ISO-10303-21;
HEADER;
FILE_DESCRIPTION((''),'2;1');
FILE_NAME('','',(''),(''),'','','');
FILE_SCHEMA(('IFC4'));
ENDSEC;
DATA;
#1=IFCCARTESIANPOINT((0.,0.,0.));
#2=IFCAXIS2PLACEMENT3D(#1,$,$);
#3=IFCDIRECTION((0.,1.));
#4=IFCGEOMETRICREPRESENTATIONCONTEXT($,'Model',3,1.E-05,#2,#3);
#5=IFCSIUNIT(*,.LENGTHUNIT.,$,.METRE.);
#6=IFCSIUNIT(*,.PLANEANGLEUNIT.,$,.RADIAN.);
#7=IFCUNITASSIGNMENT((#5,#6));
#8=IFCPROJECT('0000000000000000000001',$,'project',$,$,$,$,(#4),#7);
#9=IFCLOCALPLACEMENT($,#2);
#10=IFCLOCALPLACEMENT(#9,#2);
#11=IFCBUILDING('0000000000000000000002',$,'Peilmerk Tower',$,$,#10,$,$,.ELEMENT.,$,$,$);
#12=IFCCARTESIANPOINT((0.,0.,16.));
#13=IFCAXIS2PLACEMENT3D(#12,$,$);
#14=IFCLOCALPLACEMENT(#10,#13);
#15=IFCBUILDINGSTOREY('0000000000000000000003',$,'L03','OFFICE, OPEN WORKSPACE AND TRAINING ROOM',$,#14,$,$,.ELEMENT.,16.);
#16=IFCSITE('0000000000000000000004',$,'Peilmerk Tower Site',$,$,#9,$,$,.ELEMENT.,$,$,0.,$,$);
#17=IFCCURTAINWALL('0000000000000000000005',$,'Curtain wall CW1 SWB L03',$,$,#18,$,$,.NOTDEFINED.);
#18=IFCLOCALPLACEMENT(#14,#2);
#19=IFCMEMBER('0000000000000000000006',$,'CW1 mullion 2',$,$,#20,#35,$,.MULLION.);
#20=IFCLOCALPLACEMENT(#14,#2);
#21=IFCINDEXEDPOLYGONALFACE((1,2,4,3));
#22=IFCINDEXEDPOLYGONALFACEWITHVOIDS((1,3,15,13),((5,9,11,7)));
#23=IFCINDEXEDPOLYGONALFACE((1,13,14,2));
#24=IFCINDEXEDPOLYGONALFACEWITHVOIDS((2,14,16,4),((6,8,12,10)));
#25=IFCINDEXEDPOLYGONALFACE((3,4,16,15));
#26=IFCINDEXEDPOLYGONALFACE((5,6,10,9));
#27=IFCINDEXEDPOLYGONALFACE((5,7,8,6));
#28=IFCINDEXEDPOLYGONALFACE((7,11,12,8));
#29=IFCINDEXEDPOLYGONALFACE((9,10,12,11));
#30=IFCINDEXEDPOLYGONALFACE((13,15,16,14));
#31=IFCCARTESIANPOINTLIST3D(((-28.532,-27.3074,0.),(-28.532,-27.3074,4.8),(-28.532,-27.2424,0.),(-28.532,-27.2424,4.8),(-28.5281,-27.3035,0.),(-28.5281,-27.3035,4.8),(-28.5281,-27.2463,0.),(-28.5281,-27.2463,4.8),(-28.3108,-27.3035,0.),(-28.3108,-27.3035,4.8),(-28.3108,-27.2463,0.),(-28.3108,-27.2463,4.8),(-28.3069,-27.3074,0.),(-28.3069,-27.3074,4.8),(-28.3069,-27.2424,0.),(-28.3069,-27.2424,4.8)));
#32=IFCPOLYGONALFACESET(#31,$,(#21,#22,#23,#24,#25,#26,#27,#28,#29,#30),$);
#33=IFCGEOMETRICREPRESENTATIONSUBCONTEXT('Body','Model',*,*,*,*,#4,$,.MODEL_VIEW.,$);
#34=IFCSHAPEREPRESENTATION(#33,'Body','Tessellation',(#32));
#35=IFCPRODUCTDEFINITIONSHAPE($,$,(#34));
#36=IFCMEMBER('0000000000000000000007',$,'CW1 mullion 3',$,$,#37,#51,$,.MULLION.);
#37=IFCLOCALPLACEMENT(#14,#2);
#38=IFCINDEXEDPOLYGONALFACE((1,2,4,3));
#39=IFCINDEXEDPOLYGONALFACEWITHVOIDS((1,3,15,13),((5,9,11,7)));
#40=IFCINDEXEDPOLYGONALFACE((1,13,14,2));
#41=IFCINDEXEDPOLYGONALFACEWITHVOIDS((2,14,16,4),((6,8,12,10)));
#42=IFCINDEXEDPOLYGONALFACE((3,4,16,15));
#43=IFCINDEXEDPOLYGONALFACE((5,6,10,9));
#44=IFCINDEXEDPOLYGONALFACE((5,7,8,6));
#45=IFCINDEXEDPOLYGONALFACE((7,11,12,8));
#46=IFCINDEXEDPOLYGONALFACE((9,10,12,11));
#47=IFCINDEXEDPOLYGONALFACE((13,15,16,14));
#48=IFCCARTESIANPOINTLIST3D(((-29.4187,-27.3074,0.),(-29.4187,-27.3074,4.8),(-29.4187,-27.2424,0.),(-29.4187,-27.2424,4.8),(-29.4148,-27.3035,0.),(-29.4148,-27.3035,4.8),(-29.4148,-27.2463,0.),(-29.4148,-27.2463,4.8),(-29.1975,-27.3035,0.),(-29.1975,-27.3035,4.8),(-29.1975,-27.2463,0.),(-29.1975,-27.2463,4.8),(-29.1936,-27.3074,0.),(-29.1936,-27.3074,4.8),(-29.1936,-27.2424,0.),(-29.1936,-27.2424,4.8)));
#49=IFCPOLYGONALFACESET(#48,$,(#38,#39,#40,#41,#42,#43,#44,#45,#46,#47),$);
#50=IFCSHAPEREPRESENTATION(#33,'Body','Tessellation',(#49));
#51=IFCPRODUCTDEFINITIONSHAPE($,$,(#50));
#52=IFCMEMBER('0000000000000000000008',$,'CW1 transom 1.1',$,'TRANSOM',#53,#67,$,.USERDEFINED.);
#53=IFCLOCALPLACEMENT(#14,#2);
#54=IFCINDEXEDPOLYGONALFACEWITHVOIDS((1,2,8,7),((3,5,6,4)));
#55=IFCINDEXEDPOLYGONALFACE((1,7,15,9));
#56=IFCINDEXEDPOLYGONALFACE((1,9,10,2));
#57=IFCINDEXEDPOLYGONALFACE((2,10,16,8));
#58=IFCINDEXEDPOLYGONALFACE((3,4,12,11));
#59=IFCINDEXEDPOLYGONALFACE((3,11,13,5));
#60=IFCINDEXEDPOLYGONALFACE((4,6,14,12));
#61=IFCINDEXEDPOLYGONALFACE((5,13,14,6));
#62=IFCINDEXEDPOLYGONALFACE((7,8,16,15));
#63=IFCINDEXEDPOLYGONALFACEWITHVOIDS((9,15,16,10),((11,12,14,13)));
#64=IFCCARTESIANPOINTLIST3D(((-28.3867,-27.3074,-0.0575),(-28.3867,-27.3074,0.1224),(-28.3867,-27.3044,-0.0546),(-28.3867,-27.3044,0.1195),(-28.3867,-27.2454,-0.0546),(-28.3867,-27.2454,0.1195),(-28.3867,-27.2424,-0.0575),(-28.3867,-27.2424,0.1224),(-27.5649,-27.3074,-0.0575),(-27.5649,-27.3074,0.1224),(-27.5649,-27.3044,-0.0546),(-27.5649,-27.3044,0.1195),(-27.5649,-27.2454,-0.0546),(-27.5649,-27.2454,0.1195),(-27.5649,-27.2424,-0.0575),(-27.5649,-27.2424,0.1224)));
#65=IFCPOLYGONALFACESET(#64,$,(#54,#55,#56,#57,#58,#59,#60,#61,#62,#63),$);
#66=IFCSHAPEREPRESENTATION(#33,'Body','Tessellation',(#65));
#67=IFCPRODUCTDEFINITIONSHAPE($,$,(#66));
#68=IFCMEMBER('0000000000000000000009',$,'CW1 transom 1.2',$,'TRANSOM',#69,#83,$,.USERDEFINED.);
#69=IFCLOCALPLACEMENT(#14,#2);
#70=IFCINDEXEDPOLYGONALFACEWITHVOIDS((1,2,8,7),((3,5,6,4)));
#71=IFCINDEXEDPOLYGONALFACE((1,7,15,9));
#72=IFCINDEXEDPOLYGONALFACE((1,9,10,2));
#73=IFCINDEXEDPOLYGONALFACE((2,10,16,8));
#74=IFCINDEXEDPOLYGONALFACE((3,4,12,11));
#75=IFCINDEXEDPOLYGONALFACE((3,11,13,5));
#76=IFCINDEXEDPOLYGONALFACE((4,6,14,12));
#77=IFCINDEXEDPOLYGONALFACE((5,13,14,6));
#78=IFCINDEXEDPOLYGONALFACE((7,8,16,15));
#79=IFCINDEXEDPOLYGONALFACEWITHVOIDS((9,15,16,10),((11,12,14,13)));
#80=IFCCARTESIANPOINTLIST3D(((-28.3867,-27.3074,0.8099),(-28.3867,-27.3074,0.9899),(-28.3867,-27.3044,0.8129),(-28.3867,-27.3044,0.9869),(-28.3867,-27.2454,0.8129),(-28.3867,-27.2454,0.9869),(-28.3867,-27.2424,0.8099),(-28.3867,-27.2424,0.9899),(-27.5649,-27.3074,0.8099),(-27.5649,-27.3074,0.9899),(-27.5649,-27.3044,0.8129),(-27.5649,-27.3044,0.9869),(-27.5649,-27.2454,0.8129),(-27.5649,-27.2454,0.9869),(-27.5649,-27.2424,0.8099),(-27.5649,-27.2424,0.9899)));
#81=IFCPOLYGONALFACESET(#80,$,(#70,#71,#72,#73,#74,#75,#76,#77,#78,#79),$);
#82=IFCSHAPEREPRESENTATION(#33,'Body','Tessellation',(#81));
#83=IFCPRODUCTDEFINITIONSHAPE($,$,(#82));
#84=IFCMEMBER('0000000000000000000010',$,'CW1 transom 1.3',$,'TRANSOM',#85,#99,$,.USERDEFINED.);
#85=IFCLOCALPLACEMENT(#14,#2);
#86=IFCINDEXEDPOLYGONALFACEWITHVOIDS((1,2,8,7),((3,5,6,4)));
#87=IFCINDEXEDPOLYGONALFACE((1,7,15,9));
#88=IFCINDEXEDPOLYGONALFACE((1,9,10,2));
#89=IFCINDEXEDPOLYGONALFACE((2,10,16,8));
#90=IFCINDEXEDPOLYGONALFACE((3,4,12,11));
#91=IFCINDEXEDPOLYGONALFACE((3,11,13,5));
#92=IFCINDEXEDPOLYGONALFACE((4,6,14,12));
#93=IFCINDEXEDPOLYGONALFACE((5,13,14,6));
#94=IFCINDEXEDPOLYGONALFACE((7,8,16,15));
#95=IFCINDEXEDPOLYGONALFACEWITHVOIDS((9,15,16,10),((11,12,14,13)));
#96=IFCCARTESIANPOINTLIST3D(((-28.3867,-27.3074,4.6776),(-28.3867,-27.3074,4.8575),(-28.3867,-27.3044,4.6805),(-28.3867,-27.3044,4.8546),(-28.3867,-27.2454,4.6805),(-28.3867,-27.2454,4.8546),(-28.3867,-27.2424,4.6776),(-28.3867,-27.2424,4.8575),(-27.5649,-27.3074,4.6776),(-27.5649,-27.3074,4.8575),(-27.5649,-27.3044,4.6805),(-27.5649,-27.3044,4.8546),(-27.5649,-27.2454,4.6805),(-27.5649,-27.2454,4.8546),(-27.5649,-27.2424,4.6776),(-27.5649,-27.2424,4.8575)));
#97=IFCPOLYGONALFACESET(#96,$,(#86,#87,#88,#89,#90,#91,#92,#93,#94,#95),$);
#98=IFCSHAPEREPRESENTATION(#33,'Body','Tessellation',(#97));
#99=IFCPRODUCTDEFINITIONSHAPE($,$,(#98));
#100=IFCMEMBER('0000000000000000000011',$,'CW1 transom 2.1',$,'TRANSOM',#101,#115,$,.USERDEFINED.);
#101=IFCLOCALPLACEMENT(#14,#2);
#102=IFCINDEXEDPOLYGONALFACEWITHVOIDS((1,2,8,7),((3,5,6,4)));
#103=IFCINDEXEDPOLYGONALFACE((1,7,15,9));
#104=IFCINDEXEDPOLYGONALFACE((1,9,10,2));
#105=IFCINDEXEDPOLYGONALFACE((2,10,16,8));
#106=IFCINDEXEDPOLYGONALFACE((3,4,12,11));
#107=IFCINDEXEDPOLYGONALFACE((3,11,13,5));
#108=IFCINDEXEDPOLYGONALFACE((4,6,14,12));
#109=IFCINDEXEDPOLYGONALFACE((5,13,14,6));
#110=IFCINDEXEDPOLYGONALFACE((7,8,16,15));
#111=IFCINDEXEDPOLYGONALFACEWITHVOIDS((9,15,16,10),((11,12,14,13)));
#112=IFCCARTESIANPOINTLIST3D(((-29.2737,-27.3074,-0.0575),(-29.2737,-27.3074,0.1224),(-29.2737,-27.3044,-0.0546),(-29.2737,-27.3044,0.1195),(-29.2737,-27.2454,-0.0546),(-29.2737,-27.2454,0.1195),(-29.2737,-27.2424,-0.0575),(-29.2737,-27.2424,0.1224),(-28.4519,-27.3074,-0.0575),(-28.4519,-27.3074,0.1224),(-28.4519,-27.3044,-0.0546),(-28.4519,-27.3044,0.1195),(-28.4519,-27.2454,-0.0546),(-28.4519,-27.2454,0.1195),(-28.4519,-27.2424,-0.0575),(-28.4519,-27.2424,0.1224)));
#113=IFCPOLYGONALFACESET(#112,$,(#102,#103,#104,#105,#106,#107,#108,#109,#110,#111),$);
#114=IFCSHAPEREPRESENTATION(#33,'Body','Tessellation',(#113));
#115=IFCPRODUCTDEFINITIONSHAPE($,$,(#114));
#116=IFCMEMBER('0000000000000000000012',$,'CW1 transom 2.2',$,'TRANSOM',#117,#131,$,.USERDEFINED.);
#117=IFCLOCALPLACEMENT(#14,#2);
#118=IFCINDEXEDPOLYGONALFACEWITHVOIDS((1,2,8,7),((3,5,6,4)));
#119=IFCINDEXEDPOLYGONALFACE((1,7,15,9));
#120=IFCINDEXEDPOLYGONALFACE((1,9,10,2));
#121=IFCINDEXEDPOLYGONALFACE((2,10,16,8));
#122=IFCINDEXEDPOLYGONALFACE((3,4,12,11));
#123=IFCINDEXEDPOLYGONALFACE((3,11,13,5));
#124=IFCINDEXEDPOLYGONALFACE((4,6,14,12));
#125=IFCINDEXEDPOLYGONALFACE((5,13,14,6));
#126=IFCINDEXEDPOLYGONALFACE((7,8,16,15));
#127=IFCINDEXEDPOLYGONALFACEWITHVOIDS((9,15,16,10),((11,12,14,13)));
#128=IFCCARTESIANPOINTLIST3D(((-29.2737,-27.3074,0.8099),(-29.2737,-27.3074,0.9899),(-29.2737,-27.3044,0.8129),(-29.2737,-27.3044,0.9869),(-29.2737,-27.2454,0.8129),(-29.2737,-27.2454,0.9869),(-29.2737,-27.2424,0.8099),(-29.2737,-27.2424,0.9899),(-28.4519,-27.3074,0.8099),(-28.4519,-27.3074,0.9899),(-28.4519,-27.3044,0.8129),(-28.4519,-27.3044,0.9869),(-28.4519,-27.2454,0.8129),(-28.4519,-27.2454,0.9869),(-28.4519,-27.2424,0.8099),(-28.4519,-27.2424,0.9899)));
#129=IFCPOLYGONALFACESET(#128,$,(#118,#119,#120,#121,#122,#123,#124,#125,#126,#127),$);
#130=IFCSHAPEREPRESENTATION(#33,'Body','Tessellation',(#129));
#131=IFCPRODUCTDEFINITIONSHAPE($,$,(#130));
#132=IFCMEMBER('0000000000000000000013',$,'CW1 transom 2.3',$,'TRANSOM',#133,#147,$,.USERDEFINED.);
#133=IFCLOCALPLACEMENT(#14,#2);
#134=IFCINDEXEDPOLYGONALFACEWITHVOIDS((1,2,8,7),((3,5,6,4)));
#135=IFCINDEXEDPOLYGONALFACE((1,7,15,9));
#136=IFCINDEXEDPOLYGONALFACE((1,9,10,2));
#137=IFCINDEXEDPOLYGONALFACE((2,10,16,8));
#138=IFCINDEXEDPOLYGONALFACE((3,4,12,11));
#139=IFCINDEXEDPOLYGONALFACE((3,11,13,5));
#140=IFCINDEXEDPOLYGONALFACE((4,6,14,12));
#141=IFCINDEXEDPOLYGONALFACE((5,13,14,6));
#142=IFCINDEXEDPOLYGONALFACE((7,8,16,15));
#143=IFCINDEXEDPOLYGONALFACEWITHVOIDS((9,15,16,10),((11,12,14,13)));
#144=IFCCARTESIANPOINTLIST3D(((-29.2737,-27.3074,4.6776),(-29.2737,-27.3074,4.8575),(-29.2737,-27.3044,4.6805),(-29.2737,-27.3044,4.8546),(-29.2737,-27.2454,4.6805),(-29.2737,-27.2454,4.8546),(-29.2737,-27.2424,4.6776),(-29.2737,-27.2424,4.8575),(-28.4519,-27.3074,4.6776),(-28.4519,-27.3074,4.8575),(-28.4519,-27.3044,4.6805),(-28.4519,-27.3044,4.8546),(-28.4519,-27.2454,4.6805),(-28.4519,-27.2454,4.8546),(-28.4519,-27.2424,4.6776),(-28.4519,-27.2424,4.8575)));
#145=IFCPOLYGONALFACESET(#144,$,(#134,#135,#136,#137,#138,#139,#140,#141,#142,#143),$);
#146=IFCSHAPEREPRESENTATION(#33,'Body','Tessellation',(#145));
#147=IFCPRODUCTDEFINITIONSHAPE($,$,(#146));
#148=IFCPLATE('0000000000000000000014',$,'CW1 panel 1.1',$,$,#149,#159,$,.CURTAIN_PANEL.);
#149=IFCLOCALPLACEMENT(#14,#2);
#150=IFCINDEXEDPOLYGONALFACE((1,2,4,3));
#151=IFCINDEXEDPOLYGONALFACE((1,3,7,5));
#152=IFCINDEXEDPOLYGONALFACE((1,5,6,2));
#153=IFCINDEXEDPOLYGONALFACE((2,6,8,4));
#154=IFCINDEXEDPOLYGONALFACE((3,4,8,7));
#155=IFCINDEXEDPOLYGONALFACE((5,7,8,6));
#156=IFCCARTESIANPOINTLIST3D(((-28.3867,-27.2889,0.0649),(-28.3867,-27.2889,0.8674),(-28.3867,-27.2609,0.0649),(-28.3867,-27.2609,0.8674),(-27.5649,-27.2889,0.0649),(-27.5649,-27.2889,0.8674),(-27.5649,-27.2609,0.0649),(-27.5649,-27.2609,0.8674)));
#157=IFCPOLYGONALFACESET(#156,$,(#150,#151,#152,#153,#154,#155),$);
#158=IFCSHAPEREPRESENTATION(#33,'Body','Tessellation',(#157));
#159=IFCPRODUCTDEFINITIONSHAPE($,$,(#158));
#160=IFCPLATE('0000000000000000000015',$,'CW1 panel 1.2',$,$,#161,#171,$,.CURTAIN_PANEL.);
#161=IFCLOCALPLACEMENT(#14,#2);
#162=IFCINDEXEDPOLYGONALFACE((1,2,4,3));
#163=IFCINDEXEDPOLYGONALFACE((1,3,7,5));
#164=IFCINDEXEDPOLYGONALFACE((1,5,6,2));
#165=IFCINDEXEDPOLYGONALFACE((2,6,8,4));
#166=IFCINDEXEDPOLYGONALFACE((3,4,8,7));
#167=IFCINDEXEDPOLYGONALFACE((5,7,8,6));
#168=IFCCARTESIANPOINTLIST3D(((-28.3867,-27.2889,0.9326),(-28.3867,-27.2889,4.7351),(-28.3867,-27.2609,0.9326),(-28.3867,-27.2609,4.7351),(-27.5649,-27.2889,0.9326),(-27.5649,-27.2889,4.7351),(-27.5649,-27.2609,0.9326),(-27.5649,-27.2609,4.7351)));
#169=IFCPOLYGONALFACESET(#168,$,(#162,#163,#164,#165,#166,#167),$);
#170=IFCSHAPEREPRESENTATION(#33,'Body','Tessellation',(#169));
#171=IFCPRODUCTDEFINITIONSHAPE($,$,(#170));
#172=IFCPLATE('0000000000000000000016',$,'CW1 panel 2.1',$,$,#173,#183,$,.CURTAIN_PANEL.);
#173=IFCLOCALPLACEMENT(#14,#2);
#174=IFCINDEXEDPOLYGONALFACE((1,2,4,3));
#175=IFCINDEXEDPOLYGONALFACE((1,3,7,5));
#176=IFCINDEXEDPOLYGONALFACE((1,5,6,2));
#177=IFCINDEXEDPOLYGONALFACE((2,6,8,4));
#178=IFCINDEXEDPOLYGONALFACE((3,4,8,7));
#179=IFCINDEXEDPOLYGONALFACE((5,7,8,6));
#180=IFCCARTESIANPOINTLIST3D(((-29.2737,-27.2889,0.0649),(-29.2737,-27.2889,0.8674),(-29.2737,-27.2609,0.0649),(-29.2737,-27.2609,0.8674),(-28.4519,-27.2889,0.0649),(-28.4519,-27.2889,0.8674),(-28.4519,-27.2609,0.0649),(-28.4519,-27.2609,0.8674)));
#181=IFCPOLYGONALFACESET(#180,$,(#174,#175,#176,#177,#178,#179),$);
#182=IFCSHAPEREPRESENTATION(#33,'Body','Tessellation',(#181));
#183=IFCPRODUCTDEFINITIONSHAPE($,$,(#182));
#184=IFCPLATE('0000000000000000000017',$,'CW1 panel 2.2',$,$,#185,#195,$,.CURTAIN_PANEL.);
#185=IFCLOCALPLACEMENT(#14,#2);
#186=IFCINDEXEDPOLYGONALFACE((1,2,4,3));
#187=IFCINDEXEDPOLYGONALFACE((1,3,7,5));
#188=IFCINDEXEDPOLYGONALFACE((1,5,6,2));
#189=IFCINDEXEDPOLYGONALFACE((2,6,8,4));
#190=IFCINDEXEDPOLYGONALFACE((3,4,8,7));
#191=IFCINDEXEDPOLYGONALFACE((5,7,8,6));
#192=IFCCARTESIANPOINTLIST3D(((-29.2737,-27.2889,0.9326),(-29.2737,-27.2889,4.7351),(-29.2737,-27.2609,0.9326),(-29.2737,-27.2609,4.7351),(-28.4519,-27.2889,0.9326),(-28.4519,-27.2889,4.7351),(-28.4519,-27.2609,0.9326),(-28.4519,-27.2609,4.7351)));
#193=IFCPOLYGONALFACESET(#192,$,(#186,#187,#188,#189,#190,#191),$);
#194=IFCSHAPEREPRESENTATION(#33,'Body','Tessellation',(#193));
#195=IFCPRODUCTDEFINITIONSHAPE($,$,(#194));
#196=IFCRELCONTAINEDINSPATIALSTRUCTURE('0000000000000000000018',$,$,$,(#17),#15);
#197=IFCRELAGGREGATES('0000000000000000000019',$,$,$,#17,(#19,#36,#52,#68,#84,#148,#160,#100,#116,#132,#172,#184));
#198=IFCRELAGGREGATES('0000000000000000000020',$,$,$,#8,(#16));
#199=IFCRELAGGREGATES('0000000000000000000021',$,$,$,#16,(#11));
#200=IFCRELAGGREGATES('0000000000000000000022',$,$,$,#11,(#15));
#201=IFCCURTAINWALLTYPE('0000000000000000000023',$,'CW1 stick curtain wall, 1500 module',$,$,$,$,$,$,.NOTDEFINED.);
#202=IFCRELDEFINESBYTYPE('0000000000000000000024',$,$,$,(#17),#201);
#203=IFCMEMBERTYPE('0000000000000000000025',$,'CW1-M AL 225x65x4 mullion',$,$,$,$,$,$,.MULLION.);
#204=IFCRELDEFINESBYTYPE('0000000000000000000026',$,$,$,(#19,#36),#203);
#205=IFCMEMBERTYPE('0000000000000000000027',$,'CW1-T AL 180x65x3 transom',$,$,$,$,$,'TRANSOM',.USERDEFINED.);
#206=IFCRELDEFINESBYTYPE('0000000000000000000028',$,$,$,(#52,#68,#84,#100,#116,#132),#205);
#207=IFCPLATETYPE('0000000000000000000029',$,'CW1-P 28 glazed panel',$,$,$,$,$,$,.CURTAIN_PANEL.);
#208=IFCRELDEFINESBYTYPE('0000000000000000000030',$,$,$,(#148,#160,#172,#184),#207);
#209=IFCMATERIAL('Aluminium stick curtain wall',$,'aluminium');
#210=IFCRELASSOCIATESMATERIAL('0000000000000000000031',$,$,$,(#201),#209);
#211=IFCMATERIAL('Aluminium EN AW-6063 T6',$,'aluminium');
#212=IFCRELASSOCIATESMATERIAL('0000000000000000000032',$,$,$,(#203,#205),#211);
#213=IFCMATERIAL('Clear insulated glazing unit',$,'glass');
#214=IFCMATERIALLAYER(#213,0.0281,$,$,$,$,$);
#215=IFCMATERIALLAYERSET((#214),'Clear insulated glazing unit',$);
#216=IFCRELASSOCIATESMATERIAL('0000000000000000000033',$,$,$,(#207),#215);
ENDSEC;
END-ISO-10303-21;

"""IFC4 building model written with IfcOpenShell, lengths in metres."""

from ifc_helpers import new_model, si_unit, direction, frame, origin, origin_2d, place, context, subcontext, project, spatial, rectangle, hollow_rectangle, extrude, material, layer, layer_set, material_profile, profile_set, type_object, element, aggregate, save


model = new_model("IFC4")

# Units and contexts
model_context = context("Model", 3, precision=1e-05, world=origin(), true_north=direction((0.0, 1.0)))
body_context = subcontext(model_context, "Body", "Model", "MODEL_VIEW")
ifc_project = project(units=[si_unit("LENGTHUNIT", "METRE"), si_unit("PLANEANGLEUNIT", "RADIAN")], contexts=[model_context])

# Site, building, storey
site_placement = place(None, origin())
site = spatial("IfcSite", under=ifc_project, at=site_placement, Name="Peilmerk Tower Site", CompositionType="ELEMENT", RefElevation=0.0)
building_placement = place(site_placement, origin())
building = spatial("IfcBuilding", under=site, at=building_placement, Name="Peilmerk Tower", CompositionType="ELEMENT")
storey_placement = place(building_placement, frame((0.0, 0.0, 16.0)))
storey = spatial("IfcBuildingStorey", under=building, at=storey_placement, Name="L03", Description="OFFICE, OPEN WORKSPACE AND TRAINING ROOM", CompositionType="ELEMENT", Elevation=16.0)

# Curtain wall, members, plates
ifc_material_1 = material(Name="Aluminium stick curtain wall", Category="aluminium")
curtain_wall_type = type_object("IfcCurtainWallType", Name="CW1 stick curtain wall, 1500 module", PredefinedType="NOTDEFINED", material=ifc_material_1)
curtain_wall_placement = place(storey_placement, origin())
curtain_wall = element("IfcCurtainWall", 1, at=curtain_wall_placement, inside=storey, type_object=curtain_wall_type, Name="Curtain wall CW1 SWB L03", PredefinedType="NOTDEFINED")
ifc_material_2 = material(Name="Aluminium EN AW-6063 T6", Category="aluminium")
ifc_material_profile_1 = material_profile(ifc_material_2, hollow_rectangle(XDim=0.0649, YDim=0.2251, WallThickness=0.0039, at=origin_2d()), Name="AL 225x65x4")
ifc_profile_set_1 = profile_set([ifc_material_profile_1], Name="Aluminium EN AW-6063 T6")
member_type_1 = type_object("IfcMemberType", Name="CW1-M AL 225x65x4 mullion", PredefinedType="MULLION", material=ifc_profile_set_1)
member_1_placement = place(storey_placement, frame((-28.4194, -27.2749, 0.0), z_axis=(0.0, 0.0, 1.0), x_axis=(0.0, -1.0, 0.0)))
member_1 = element("IfcMember", 2, at=member_1_placement, type_object=member_type_1, Name="CW1 mullion 2", PredefinedType="MULLION", context=body_context, shape_type="SweptSolid", body=[
    extrude(hollow_rectangle(XDim=0.0649, YDim=0.2251, WallThickness=0.0039, at=origin_2d()), origin(), (0.0, 0.0, 1.0), 4.8),
])
member_2_placement = place(storey_placement, frame((-29.3062, -27.2749, 0.0), z_axis=(0.0, 0.0, 1.0), x_axis=(0.0, -1.0, 0.0)))
member_2 = element("IfcMember", 3, at=member_2_placement, type_object=member_type_1, Name="CW1 mullion 3", PredefinedType="MULLION", context=body_context, shape_type="SweptSolid", body=[
    extrude(hollow_rectangle(XDim=0.0649, YDim=0.2251, WallThickness=0.0039, at=origin_2d()), origin(), (0.0, 0.0, 1.0), 4.8),
])
ifc_material_profile_2 = material_profile(ifc_material_2, hollow_rectangle(XDim=0.0649, YDim=0.1799, WallThickness=0.0029, at=origin_2d()), Name="AL 180x65x3")
ifc_profile_set_2 = profile_set([ifc_material_profile_2], Name="Aluminium EN AW-6063 T6")
member_type_2 = type_object("IfcMemberType", Name="CW1-T AL 180x65x3 transom", ElementType="TRANSOM", PredefinedType="USERDEFINED", material=ifc_profile_set_2)
member_3_placement = place(storey_placement, frame((-27.5649, -27.2749, 0.0325), z_axis=(-1.0, 0.0, 0.0), x_axis=(0.0, -1.0, 0.0)))
member_3 = element("IfcMember", 4, at=member_3_placement, type_object=member_type_2, Name="CW1 transom 1.1", ObjectType="TRANSOM", PredefinedType="USERDEFINED", context=body_context, shape_type="SweptSolid", body=[
    extrude(hollow_rectangle(XDim=0.0649, YDim=0.1799, WallThickness=0.0029, at=origin_2d()), origin(), (0.0, 0.0, 1.0), 0.8218),
])
member_4_placement = place(storey_placement, frame((-27.5649, -27.2749, 0.8999), z_axis=(-1.0, 0.0, 0.0), x_axis=(0.0, -1.0, 0.0)))
member_4 = element("IfcMember", 5, at=member_4_placement, type_object=member_type_2, Name="CW1 transom 1.2", ObjectType="TRANSOM", PredefinedType="USERDEFINED", context=body_context, shape_type="SweptSolid", body=[
    extrude(hollow_rectangle(XDim=0.0649, YDim=0.1799, WallThickness=0.0029, at=origin_2d()), origin(), (0.0, 0.0, 1.0), 0.8218),
])
member_5_placement = place(storey_placement, frame((-27.5649, -27.2749, 4.7676), z_axis=(-1.0, 0.0, 0.0), x_axis=(0.0, -1.0, 0.0)))
member_5 = element("IfcMember", 6, at=member_5_placement, type_object=member_type_2, Name="CW1 transom 1.3", ObjectType="TRANSOM", PredefinedType="USERDEFINED", context=body_context, shape_type="SweptSolid", body=[
    extrude(hollow_rectangle(XDim=0.0649, YDim=0.1799, WallThickness=0.0029, at=origin_2d()), origin(), (0.0, 0.0, 1.0), 0.8218),
])
member_6_placement = place(storey_placement, frame((-28.4519, -27.2749, 0.0325), z_axis=(-1.0, 0.0, 0.0), x_axis=(0.0, -1.0, 0.0)))
member_6 = element("IfcMember", 7, at=member_6_placement, type_object=member_type_2, Name="CW1 transom 2.1", ObjectType="TRANSOM", PredefinedType="USERDEFINED", context=body_context, shape_type="SweptSolid", body=[
    extrude(hollow_rectangle(XDim=0.0649, YDim=0.1799, WallThickness=0.0029, at=origin_2d()), origin(), (0.0, 0.0, 1.0), 0.8218),
])
member_7_placement = place(storey_placement, frame((-28.4519, -27.2749, 0.8999), z_axis=(-1.0, 0.0, 0.0), x_axis=(0.0, -1.0, 0.0)))
member_7 = element("IfcMember", 8, at=member_7_placement, type_object=member_type_2, Name="CW1 transom 2.2", ObjectType="TRANSOM", PredefinedType="USERDEFINED", context=body_context, shape_type="SweptSolid", body=[
    extrude(hollow_rectangle(XDim=0.0649, YDim=0.1799, WallThickness=0.0029, at=origin_2d()), origin(), (0.0, 0.0, 1.0), 0.8218),
])
member_8_placement = place(storey_placement, frame((-28.4519, -27.2749, 4.7676), z_axis=(-1.0, 0.0, 0.0), x_axis=(0.0, -1.0, 0.0)))
member_8 = element("IfcMember", 9, at=member_8_placement, type_object=member_type_2, Name="CW1 transom 2.3", ObjectType="TRANSOM", PredefinedType="USERDEFINED", context=body_context, shape_type="SweptSolid", body=[
    extrude(hollow_rectangle(XDim=0.0649, YDim=0.1799, WallThickness=0.0029, at=origin_2d()), origin(), (0.0, 0.0, 1.0), 0.8218),
])
ifc_material_3 = material(Name="Clear insulated glazing unit", Category="glass")
ifc_layer_1 = layer(ifc_material_3, 0.0281)
ifc_layer_set_1 = layer_set([ifc_layer_1], Name="Clear insulated glazing unit")
plate_type = type_object("IfcPlateType", Name="CW1-P 28 glazed panel", PredefinedType="CURTAIN_PANEL", material=ifc_layer_set_1)
plate_1_placement = place(storey_placement, frame((-27.9758, -27.2749, 0.0649), z_axis=(0.0, 0.0, 1.0), x_axis=(-1.0, 0.0, 0.0)))
plate_1 = element("IfcPlate", 10, at=plate_1_placement, type_object=plate_type, Name="CW1 panel 1.1", PredefinedType="CURTAIN_PANEL", context=body_context, shape_type="SweptSolid", body=[
    extrude(rectangle(XDim=0.8218, YDim=0.0281, at=origin_2d()), origin(), (0.0, 0.0, 1.0), 0.8025),
])
plate_2_placement = place(storey_placement, frame((-27.9758, -27.2749, 0.9326), z_axis=(0.0, 0.0, 1.0), x_axis=(-1.0, 0.0, 0.0)))
plate_2 = element("IfcPlate", 11, at=plate_2_placement, type_object=plate_type, Name="CW1 panel 1.2", PredefinedType="CURTAIN_PANEL", context=body_context, shape_type="SweptSolid", body=[
    extrude(rectangle(XDim=0.8218, YDim=0.0281, at=origin_2d()), origin(), (0.0, 0.0, 1.0), 3.8025),
])
plate_3_placement = place(storey_placement, frame((-28.8628, -27.2749, 0.0649), z_axis=(0.0, 0.0, 1.0), x_axis=(-1.0, 0.0, 0.0)))
plate_3 = element("IfcPlate", 12, at=plate_3_placement, type_object=plate_type, Name="CW1 panel 2.1", PredefinedType="CURTAIN_PANEL", context=body_context, shape_type="SweptSolid", body=[
    extrude(rectangle(XDim=0.8218, YDim=0.0281, at=origin_2d()), origin(), (0.0, 0.0, 1.0), 0.8025),
])
plate_4_placement = place(storey_placement, frame((-28.8628, -27.2749, 0.9326), z_axis=(0.0, 0.0, 1.0), x_axis=(-1.0, 0.0, 0.0)))
plate_4 = element("IfcPlate", 13, at=plate_4_placement, type_object=plate_type, Name="CW1 panel 2.2", PredefinedType="CURTAIN_PANEL", context=body_context, shape_type="SweptSolid", body=[
    extrude(rectangle(XDim=0.8218, YDim=0.0281, at=origin_2d()), origin(), (0.0, 0.0, 1.0), 3.8025),
])
aggregate(curtain_wall, [member_1, member_2, member_3, member_4, member_5, plate_1, plate_2, member_6, member_7, member_8, plate_3, plate_4])

save(model, "model.ifc")
